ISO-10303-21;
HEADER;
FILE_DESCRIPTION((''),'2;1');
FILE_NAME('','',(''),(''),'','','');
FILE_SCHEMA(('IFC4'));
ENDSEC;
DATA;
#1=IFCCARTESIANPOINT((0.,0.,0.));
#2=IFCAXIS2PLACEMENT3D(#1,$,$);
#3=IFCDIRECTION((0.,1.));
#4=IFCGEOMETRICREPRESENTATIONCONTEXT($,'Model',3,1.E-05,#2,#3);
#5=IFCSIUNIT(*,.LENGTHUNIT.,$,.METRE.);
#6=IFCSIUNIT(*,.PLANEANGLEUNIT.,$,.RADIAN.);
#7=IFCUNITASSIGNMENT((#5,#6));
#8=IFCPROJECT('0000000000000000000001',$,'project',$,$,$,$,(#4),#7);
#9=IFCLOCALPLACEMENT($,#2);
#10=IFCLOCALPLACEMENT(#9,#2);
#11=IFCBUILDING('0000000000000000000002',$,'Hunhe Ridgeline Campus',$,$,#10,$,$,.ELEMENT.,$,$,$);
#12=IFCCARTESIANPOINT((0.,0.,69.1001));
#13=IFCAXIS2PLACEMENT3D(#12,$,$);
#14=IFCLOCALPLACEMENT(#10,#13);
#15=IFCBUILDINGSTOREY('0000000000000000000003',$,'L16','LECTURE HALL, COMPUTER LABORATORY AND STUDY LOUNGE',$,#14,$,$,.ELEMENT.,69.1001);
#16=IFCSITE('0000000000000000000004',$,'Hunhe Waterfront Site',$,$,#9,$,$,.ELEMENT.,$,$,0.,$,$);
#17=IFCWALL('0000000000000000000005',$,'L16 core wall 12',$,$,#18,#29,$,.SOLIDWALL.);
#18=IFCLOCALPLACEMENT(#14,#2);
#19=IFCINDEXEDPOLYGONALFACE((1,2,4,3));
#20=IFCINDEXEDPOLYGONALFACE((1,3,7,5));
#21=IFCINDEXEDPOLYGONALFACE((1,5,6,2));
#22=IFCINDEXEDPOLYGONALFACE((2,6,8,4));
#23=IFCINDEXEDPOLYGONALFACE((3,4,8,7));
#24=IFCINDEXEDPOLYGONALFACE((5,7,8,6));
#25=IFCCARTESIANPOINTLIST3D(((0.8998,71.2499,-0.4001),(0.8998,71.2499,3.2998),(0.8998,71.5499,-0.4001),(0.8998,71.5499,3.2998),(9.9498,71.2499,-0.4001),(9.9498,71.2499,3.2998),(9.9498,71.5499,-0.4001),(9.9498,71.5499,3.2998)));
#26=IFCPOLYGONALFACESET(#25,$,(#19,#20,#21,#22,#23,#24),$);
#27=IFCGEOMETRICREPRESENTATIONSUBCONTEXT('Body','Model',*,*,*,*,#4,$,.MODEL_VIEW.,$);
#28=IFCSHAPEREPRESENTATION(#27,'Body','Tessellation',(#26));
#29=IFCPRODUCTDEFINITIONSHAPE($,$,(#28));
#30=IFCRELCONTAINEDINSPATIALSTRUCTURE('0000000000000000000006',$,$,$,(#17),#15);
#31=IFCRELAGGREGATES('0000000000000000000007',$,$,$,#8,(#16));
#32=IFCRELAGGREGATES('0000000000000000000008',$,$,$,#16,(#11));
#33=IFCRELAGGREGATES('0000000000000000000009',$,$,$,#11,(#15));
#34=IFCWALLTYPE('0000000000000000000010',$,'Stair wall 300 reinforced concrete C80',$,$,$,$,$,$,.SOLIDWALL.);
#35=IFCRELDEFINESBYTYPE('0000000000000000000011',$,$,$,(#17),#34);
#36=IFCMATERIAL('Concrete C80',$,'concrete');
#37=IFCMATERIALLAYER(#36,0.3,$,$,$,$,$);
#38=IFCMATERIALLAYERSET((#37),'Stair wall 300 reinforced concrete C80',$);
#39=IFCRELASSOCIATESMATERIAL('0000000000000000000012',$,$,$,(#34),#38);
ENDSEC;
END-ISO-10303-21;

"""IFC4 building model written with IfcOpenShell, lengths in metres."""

from ifc_helpers import new_model, si_unit, direction, frame, frame_2d, origin, place, context, subcontext, project, spatial, rectangle, extrude, material, layer, layer_set, type_object, element, save


model = new_model("IFC4")

# Units and contexts
model_context = context("Model", 3, precision=1e-05, world=origin(), true_north=direction((0.0, 1.0)))
body_context = subcontext(model_context, "Body", "Model", "MODEL_VIEW")
ifc_project = project(units=[si_unit("LENGTHUNIT", "METRE"), si_unit("PLANEANGLEUNIT", "RADIAN")], contexts=[model_context])

# Site, building, storey
site_placement = place(None, origin())
site = spatial("IfcSite", under=ifc_project, at=site_placement, Name="Hunhe Waterfront Site", CompositionType="ELEMENT", RefElevation=0.0)
building_placement = place(site_placement, origin())
building = spatial("IfcBuilding", under=site, at=building_placement, Name="Hunhe Ridgeline Campus", CompositionType="ELEMENT")
storey_placement = place(building_placement, frame((0.0, 0.0, 69.1001)))
storey = spatial("IfcBuildingStorey", under=building, at=storey_placement, Name="L16", Description="LECTURE HALL, COMPUTER LABORATORY AND STUDY LOUNGE", CompositionType="ELEMENT", Elevation=69.1001)

# Shared definitions
ifc_material_1 = material(Name="Concrete C80", Category="concrete")

# Wall
ifc_layer_1 = layer(ifc_material_1, 0.3)
ifc_layer_set_1 = layer_set([ifc_layer_1], Name="Stair wall 300 reinforced concrete C80")
wall_type_1 = type_object("IfcWallType", Name="Stair wall 300 reinforced concrete C80", PredefinedType="SOLIDWALL", material=ifc_layer_set_1)
wall_1_placement = place(storey_placement, frame((0.8999, 71.3999, -0.4001), z_axis=(0.0, 0.0, 1.0), x_axis=(1.0, 0.0, 0.0)))
element("IfcWall", 1, at=wall_1_placement, inside=storey, type_object=wall_type_1, Name="L16 core wall 12", PredefinedType="SOLIDWALL", context=body_context, shape_type="SweptSolid", body=[
    extrude(rectangle(XDim=9.05, YDim=0.3, at=frame_2d((4.5249, 0.0))), origin(), (0.0, 0.0, 1.0), 3.7),
])

save(model, "model.ifc")
